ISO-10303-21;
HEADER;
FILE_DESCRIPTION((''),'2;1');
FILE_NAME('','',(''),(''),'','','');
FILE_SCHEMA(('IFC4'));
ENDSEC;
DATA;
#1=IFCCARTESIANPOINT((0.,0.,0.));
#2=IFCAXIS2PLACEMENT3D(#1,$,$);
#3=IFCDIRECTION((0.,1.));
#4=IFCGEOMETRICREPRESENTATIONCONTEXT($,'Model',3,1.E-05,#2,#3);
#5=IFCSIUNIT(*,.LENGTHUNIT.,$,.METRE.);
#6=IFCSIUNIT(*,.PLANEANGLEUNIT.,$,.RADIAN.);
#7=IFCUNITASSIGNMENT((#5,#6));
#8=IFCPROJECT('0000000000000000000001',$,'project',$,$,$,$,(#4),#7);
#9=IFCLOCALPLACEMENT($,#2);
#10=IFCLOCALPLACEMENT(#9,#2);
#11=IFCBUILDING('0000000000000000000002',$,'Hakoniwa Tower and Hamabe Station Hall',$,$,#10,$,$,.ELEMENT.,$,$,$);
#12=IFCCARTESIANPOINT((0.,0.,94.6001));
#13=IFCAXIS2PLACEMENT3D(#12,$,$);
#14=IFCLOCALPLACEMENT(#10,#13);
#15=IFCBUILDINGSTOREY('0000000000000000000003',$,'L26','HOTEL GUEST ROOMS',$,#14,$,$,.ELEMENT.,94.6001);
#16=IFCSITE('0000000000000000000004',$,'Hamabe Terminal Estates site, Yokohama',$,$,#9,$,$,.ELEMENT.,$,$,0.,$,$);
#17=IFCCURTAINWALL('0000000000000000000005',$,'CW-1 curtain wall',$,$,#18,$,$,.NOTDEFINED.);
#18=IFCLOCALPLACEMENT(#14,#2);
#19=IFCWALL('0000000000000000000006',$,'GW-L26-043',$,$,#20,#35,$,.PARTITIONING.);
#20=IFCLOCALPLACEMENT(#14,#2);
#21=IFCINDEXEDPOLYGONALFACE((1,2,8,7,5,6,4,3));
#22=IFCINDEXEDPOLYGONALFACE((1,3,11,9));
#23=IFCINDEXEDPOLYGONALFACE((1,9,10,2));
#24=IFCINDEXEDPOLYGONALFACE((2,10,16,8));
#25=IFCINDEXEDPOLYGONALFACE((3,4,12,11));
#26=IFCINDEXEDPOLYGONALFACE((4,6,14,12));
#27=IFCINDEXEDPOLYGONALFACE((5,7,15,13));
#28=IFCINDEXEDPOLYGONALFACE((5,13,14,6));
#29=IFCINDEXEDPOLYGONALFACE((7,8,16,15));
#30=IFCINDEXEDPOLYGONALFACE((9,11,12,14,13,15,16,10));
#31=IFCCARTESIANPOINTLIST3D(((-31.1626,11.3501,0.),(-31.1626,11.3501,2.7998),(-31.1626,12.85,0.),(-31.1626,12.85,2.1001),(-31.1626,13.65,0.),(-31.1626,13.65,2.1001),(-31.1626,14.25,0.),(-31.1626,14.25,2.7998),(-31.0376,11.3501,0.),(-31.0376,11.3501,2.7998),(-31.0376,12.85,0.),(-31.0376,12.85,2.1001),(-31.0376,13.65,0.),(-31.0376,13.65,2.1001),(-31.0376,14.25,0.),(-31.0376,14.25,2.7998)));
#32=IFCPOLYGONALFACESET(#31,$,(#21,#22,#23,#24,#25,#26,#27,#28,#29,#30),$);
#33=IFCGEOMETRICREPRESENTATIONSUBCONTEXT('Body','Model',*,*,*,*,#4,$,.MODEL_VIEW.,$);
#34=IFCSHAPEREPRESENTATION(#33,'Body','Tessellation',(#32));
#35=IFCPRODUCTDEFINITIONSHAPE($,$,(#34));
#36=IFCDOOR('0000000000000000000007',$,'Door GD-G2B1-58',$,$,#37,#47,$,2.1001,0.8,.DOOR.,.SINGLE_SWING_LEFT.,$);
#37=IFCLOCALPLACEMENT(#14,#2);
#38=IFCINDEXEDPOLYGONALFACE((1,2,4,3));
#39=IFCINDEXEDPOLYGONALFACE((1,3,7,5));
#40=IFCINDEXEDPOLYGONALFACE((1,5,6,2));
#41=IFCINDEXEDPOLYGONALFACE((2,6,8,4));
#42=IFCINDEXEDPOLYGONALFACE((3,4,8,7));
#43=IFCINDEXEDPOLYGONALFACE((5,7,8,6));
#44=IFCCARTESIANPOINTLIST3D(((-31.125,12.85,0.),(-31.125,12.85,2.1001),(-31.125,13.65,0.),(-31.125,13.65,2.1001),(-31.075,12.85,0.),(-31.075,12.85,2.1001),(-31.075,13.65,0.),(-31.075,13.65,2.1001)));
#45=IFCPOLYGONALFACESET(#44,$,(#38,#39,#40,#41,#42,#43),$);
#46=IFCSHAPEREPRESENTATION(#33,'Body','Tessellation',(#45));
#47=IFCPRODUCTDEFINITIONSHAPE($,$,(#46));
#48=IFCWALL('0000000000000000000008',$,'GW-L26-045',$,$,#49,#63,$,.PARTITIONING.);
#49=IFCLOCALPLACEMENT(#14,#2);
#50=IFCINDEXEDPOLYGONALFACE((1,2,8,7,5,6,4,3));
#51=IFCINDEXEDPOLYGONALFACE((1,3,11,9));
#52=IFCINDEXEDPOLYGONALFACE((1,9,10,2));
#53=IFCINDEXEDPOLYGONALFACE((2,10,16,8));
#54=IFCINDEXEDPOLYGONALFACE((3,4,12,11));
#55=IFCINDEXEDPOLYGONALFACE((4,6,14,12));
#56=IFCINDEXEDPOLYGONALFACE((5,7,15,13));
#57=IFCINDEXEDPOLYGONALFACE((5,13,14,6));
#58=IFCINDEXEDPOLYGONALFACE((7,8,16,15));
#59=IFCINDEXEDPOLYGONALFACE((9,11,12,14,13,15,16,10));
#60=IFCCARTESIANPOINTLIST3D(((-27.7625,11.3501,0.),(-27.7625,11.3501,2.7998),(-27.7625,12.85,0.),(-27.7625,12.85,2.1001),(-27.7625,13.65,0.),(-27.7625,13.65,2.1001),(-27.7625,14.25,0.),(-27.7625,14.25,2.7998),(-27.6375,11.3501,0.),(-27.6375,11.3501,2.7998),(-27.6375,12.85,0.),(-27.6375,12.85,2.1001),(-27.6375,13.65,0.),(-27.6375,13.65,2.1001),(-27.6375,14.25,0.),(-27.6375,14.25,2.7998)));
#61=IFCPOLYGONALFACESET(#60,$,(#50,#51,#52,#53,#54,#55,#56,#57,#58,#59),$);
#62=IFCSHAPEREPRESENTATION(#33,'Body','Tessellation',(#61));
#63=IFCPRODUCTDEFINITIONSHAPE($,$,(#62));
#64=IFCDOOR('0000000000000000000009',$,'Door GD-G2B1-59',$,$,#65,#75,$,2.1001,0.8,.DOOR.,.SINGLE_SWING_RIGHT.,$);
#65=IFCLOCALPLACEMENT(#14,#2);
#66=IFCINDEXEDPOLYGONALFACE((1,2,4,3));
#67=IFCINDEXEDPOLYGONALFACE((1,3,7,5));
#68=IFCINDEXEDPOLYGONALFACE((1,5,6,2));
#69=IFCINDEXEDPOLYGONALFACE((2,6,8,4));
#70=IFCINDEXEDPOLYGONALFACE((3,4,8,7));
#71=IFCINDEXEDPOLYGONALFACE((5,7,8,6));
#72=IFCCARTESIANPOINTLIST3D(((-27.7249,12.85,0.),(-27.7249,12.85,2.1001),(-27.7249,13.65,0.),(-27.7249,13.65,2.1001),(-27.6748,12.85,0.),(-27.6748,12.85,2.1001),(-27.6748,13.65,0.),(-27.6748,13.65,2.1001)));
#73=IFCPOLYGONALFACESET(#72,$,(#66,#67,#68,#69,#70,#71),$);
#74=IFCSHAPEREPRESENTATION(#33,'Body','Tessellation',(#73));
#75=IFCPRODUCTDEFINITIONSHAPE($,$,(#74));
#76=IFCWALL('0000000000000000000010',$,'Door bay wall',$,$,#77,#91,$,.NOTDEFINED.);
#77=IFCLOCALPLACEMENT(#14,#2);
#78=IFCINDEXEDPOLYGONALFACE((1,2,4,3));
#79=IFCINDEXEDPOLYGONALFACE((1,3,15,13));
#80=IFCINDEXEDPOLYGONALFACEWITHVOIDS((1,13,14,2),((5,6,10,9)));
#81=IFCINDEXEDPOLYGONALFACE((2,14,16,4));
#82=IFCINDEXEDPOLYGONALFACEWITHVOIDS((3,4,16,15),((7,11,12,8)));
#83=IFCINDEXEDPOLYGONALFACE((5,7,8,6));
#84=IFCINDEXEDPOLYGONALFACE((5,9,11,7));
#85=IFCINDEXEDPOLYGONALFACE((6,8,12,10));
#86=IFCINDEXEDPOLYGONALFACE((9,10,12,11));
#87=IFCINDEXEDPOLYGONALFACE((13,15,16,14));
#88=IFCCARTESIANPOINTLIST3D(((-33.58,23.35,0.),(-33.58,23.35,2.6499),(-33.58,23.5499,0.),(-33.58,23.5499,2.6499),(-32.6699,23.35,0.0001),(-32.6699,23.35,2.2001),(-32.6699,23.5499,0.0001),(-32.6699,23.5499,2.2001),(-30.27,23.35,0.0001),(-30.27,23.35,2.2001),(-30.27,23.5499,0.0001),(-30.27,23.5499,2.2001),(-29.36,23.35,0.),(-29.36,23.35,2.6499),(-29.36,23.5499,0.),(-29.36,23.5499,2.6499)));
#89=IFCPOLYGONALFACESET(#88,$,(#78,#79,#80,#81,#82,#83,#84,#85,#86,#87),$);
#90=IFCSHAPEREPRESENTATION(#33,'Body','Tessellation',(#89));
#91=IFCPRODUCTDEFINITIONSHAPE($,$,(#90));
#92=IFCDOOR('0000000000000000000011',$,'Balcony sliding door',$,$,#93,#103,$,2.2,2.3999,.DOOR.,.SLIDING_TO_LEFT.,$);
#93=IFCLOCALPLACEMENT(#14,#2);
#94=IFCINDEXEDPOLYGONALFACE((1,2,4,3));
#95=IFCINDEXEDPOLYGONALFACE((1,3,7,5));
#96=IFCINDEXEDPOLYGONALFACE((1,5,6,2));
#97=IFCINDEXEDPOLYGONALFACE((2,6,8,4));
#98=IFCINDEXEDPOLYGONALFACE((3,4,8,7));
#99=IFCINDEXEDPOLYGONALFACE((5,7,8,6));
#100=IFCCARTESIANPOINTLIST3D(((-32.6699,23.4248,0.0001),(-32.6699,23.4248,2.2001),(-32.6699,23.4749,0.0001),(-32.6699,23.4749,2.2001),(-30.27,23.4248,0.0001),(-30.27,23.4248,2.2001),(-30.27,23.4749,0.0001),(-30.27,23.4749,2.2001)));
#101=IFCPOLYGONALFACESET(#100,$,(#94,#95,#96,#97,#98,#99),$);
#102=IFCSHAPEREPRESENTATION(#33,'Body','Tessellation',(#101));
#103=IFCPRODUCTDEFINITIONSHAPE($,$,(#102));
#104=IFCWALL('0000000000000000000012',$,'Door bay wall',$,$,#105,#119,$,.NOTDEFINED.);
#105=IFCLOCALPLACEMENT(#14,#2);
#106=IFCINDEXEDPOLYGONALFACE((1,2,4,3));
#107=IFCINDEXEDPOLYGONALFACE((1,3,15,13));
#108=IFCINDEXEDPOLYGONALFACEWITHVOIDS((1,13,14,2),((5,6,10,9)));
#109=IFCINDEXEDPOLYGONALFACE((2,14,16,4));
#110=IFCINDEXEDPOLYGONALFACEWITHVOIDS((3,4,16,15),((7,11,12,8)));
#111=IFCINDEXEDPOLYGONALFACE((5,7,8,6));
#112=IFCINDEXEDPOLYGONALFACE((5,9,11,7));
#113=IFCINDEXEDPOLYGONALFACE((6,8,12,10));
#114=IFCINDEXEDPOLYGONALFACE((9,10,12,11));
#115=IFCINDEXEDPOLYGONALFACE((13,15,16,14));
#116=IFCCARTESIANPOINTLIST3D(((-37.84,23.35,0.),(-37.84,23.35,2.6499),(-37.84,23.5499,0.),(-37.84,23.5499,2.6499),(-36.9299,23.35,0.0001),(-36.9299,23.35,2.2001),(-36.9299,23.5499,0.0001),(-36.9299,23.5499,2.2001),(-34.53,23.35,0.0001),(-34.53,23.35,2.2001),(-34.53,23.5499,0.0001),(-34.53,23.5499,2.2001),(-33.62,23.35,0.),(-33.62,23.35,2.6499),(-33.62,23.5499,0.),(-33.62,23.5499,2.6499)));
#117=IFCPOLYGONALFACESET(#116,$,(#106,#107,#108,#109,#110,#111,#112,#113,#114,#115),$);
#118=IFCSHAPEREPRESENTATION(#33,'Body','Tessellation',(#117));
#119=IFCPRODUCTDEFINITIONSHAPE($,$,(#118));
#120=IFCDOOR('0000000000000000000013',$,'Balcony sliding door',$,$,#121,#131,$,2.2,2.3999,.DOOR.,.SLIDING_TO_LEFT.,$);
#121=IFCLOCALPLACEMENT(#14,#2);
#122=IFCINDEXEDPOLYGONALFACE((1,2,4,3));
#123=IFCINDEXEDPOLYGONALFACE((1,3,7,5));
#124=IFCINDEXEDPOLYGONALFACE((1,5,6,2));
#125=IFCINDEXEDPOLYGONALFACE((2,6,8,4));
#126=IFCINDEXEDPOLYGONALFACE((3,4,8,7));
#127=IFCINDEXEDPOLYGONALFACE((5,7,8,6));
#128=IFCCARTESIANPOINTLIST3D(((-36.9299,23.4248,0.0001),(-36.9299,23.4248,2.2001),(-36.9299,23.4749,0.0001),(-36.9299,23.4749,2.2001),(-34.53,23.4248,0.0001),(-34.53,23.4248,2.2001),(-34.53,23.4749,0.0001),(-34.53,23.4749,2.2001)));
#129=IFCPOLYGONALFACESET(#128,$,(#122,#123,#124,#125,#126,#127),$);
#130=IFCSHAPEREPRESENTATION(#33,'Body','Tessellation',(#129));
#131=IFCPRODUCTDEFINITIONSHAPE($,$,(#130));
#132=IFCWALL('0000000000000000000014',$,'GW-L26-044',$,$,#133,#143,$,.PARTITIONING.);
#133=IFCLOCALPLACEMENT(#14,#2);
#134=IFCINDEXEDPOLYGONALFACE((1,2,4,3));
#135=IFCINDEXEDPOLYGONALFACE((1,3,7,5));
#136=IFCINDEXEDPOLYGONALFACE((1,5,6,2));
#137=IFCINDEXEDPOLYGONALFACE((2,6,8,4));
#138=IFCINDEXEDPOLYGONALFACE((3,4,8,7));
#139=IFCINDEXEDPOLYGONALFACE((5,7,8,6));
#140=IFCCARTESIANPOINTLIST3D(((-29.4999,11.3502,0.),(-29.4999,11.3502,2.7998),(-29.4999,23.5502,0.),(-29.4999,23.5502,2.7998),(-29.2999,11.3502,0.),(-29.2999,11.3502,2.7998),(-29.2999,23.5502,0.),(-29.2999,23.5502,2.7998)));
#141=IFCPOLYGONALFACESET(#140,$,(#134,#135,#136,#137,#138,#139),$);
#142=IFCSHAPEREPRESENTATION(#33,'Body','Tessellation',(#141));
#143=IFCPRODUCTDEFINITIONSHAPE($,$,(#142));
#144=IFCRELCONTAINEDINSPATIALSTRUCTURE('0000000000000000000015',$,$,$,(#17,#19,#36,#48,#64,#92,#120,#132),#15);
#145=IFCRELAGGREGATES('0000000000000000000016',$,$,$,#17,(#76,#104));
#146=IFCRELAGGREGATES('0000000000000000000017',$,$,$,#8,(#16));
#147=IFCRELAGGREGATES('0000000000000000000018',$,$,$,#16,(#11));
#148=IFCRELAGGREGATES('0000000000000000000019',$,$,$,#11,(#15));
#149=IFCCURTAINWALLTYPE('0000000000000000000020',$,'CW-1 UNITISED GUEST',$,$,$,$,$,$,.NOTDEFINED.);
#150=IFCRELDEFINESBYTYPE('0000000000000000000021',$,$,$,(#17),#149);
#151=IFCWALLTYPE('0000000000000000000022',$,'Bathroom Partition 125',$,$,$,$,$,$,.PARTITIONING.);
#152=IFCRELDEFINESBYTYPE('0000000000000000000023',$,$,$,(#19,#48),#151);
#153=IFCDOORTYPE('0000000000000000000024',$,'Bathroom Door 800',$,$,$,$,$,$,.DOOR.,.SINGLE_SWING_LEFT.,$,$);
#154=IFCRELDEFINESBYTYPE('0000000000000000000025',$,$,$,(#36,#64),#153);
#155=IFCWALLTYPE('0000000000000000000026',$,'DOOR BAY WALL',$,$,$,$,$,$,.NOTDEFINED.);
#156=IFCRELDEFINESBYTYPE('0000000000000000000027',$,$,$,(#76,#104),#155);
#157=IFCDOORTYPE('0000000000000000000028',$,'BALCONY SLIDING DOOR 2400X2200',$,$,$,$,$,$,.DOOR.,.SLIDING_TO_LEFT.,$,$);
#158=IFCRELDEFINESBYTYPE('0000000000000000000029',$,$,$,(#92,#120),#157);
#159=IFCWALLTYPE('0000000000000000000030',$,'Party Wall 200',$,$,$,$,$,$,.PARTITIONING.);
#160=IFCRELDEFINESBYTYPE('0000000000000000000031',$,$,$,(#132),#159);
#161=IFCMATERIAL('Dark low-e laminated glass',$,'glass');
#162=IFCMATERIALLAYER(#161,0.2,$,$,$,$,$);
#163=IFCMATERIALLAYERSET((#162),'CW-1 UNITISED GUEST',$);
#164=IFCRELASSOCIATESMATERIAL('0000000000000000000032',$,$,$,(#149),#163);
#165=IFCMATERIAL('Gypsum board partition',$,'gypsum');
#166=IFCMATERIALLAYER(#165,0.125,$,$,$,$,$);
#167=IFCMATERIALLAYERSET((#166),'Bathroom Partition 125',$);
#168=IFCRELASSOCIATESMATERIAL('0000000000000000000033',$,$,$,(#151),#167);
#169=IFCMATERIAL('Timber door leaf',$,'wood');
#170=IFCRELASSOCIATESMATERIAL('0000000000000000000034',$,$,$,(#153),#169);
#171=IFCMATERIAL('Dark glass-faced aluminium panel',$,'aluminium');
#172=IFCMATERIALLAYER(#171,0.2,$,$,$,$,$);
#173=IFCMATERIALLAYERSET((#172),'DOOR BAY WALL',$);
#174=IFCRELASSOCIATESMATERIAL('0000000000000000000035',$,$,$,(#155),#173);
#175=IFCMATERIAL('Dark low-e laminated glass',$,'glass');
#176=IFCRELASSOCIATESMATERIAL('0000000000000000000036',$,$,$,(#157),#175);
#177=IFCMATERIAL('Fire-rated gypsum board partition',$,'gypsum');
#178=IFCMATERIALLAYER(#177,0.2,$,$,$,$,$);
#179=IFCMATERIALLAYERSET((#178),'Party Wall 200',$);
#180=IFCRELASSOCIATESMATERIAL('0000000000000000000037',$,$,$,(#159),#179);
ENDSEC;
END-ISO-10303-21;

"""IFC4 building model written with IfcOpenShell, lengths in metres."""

from ifc_helpers import new_model, si_unit, direction, frame, frame_2d, origin, place, context, subcontext, project, spatial, rectangle, extrude, material, layer, layer_set, type_object, element, fill, aggregate, save


model = new_model("IFC4")

# Units and contexts
model_context = context("Model", 3, precision=1e-05, world=origin(), true_north=direction((0.0, 1.0)))
body_context = subcontext(model_context, "Body", "Model", "MODEL_VIEW")
ifc_project = project(units=[si_unit("LENGTHUNIT", "METRE"), si_unit("PLANEANGLEUNIT", "RADIAN")], contexts=[model_context])

# Site, building, storey
site_placement = place(None, origin())
site = spatial("IfcSite", under=ifc_project, at=site_placement, Name="Hamabe Terminal Estates site, Yokohama", CompositionType="ELEMENT", RefElevation=0.0)
building_placement = place(site_placement, origin())
building = spatial("IfcBuilding", under=site, at=building_placement, Name="Hakoniwa Tower and Hamabe Station Hall", CompositionType="ELEMENT")
storey_placement = place(building_placement, frame((0.0, 0.0, 94.6001)))
storey = spatial("IfcBuildingStorey", under=building, at=storey_placement, Name="L26", Description="HOTEL GUEST ROOMS", CompositionType="ELEMENT", Elevation=94.6001)

# Curtain wall
ifc_material_1 = material(Name="Dark low-e laminated glass", Category="glass")
ifc_layer_1 = layer(ifc_material_1, 0.2)
ifc_layer_set_1 = layer_set([ifc_layer_1], Name="CW-1 UNITISED GUEST")
curtain_wall_type = type_object("IfcCurtainWallType", Name="CW-1 UNITISED GUEST", PredefinedType="NOTDEFINED", material=ifc_layer_set_1)
curtain_wall_1_placement = place(storey_placement, origin())
curtain_wall_1 = element("IfcCurtainWall", 1, at=curtain_wall_1_placement, inside=storey, type_object=curtain_wall_type, Name="CW-1 curtain wall", PredefinedType="NOTDEFINED")

# Shared definitions
ifc_material_2 = material(Name="Gypsum board partition", Category="gypsum")
ifc_layer_2 = layer(ifc_material_2, 0.125)
ifc_layer_set_2 = layer_set([ifc_layer_2], Name="Bathroom Partition 125")
wall_type_1 = type_object("IfcWallType", Name="Bathroom Partition 125", PredefinedType="PARTITIONING", material=ifc_layer_set_2)

# Walls, openings, doors
wall_1_placement = place(storey_placement, frame((-31.1001, 11.3501, 0.0), z_axis=(0.0, 0.0, 1.0), x_axis=(0.0, 1.0, 0.0)))
wall_1 = element("IfcWall", 2, at=wall_1_placement, inside=storey, type_object=wall_type_1, Name="GW-L26-043", PredefinedType="PARTITIONING", context=body_context, shape_type="SweptSolid", body=[
    extrude(rectangle(XDim=2.8999, YDim=0.125, at=frame_2d((1.45, 0.0))), origin(), (0.0, 0.0, 1.0), 2.7998),
])
opening_1_placement = place(wall_1_placement, frame((1.5, 0.0, 0.0)))
opening_1 = element("IfcOpeningElement", 3, at=opening_1_placement, cuts=wall_1, PredefinedType="OPENING", context=body_context, shape_type="SweptSolid", body=[
    extrude(rectangle(XDim=0.8, YDim=2.1001, at=frame_2d((0.3999, 1.05))), frame((0.0, 0.0725, 0.0), z_axis=(0.0, -1.0, 0.0), x_axis=(1.0, 0.0, 0.0)), (0.0, 0.0, 1.0), 0.145),
])
ifc_material_3 = material(Name="Timber door leaf", Category="wood")
door_type_1 = type_object("IfcDoorType", Name="Bathroom Door 800", OperationType="SINGLE_SWING_LEFT", PredefinedType="DOOR", material=ifc_material_3)
door_1_placement = place(opening_1_placement, origin())
door_1 = element("IfcDoor", 4, at=door_1_placement, inside=storey, type_object=door_type_1, Name="Door GD-G2B1-58", OperationType="SINGLE_SWING_LEFT", OverallHeight=2.1001, OverallWidth=0.8, PredefinedType="DOOR", context=body_context, shape_type="SweptSolid", body=[
    extrude(rectangle(XDim=0.8, YDim=2.1001, at=frame_2d((0.3999, 1.05))), frame((0.0, 0.0249, 0.0), z_axis=(0.0, -1.0, 0.0), x_axis=(1.0, 0.0, 0.0)), (0.0, 0.0, 1.0), 0.05),
])
fill(opening_1, door_1)
wall_2_placement = place(storey_placement, frame((-27.7, 11.3501, 0.0), z_axis=(0.0, 0.0, 1.0), x_axis=(0.0, 1.0, 0.0)))
wall_2 = element("IfcWall", 5, at=wall_2_placement, inside=storey, type_object=wall_type_1, Name="GW-L26-045", PredefinedType="PARTITIONING", context=body_context, shape_type="SweptSolid", body=[
    extrude(rectangle(XDim=2.8999, YDim=0.125, at=frame_2d((1.45, 0.0))), origin(), (0.0, 0.0, 1.0), 2.7998),
])
opening_2_placement = place(wall_2_placement, frame((1.5, 0.0, 0.0)))
opening_2 = element("IfcOpeningElement", 6, at=opening_2_placement, cuts=wall_2, PredefinedType="OPENING", context=body_context, shape_type="SweptSolid", body=[
    extrude(rectangle(XDim=0.8, YDim=2.1001, at=frame_2d((0.3999, 1.05))), frame((0.0, 0.0725, 0.0), z_axis=(0.0, -1.0, 0.0), x_axis=(1.0, 0.0, 0.0)), (0.0, 0.0, 1.0), 0.145),
])
door_2_placement = place(opening_2_placement, origin())
door_2 = element("IfcDoor", 7, at=door_2_placement, inside=storey, type_object=door_type_1, Name="Door GD-G2B1-59", OperationType="SINGLE_SWING_RIGHT", OverallHeight=2.1001, OverallWidth=0.8, PredefinedType="DOOR", context=body_context, shape_type="SweptSolid", body=[
    extrude(rectangle(XDim=0.8, YDim=2.1001, at=frame_2d((0.3999, 1.05))), frame((0.0, 0.0249, 0.0), z_axis=(0.0, -1.0, 0.0), x_axis=(1.0, 0.0, 0.0)), (0.0, 0.0, 1.0), 0.05),
])
fill(opening_2, door_2)
ifc_material_4 = material(Name="Dark glass-faced aluminium panel", Category="aluminium")
ifc_layer_3 = layer(ifc_material_4, 0.2)
ifc_layer_set_3 = layer_set([ifc_layer_3], Name="DOOR BAY WALL")
wall_type_2 = type_object("IfcWallType", Name="DOOR BAY WALL", PredefinedType="NOTDEFINED", material=ifc_layer_set_3)
wall_3_placement = place(storey_placement, frame((-29.3601, 23.45, 0.0), z_axis=(0.0, 0.0, 1.0), x_axis=(-1.0, 0.0, 0.0)))
wall_3 = element("IfcWall", 8, at=wall_3_placement, type_object=wall_type_2, Name="Door bay wall", PredefinedType="NOTDEFINED", context=body_context, shape_type="SweptSolid", body=[
    extrude(rectangle(XDim=4.22, YDim=0.2, at=frame_2d((2.1099, 0.0))), origin(), (0.0, 0.0, 1.0), 2.6499),
])
opening_3_placement = place(wall_3_placement, frame((0.9099, 0.0, 0.0)))
opening_3 = element("IfcOpeningElement", 9, at=opening_3_placement, cuts=wall_3, PredefinedType="OPENING", context=body_context, shape_type="SweptSolid", body=[
    extrude(rectangle(XDim=2.3999, YDim=2.2, at=frame_2d((1.2, 1.1001))), frame((0.0, 0.1099, 0.0), z_axis=(0.0, -1.0, 0.0), x_axis=(1.0, 0.0, 0.0)), (0.0, 0.0, 1.0), 0.22),
])
ifc_material_5 = material(Name="Dark low-e laminated glass", Category="glass")
door_type_2 = type_object("IfcDoorType", Name="BALCONY SLIDING DOOR 2400X2200", OperationType="SLIDING_TO_LEFT", PredefinedType="DOOR", material=ifc_material_5)
door_3_placement = place(opening_3_placement, frame((2.3999, 0.0, 0.0), z_axis=(0.0, 0.0, 1.0), x_axis=(-1.0, 0.0, 0.0)))
door_3 = element("IfcDoor", 10, at=door_3_placement, inside=storey, type_object=door_type_2, Name="Balcony sliding door", OperationType="SLIDING_TO_LEFT", OverallHeight=2.2, OverallWidth=2.3999, PredefinedType="DOOR", context=body_context, shape_type="SweptSolid", body=[
    extrude(rectangle(XDim=2.3999, YDim=2.2, at=frame_2d((1.2, 1.1001))), frame((0.0, 0.0249, 0.0), z_axis=(0.0, -1.0, 0.0), x_axis=(1.0, 0.0, 0.0)), (0.0, 0.0, 1.0), 0.05),
])
fill(opening_3, door_3)
wall_4_placement = place(storey_placement, frame((-33.6201, 23.45, 0.0), z_axis=(0.0, 0.0, 1.0), x_axis=(-1.0, 0.0, 0.0)))
wall_4 = element("IfcWall", 11, at=wall_4_placement, type_object=wall_type_2, Name="Door bay wall", PredefinedType="NOTDEFINED", context=body_context, shape_type="SweptSolid", body=[
    extrude(rectangle(XDim=4.22, YDim=0.2, at=frame_2d((2.1099, 0.0))), origin(), (0.0, 0.0, 1.0), 2.6499),
])
opening_4_placement = place(wall_4_placement, frame((0.9099, 0.0, 0.0)))
opening_4 = element("IfcOpeningElement", 12, at=opening_4_placement, cuts=wall_4, PredefinedType="OPENING", context=body_context, shape_type="SweptSolid", body=[
    extrude(rectangle(XDim=2.3999, YDim=2.2, at=frame_2d((1.2, 1.1001))), frame((0.0, 0.1099, 0.0), z_axis=(0.0, -1.0, 0.0), x_axis=(1.0, 0.0, 0.0)), (0.0, 0.0, 1.0), 0.22),
])
door_4_placement = place(opening_4_placement, frame((2.3999, 0.0, 0.0), z_axis=(0.0, 0.0, 1.0), x_axis=(-1.0, 0.0, 0.0)))
door_4 = element("IfcDoor", 13, at=door_4_placement, inside=storey, type_object=door_type_2, Name="Balcony sliding door", OperationType="SLIDING_TO_LEFT", OverallHeight=2.2, OverallWidth=2.3999, PredefinedType="DOOR", context=body_context, shape_type="SweptSolid", body=[
    extrude(rectangle(XDim=2.3999, YDim=2.2, at=frame_2d((1.2, 1.1001))), frame((0.0, 0.0249, 0.0), z_axis=(0.0, -1.0, 0.0), x_axis=(1.0, 0.0, 0.0)), (0.0, 0.0, 1.0), 0.05),
])
fill(opening_4, door_4)
aggregate(curtain_wall_1, [wall_3, wall_4])

# Wall
ifc_material_6 = material(Name="Fire-rated gypsum board partition", Category="gypsum")
ifc_layer_4 = layer(ifc_material_6, 0.2)
ifc_layer_set_4 = layer_set([ifc_layer_4], Name="Party Wall 200")
wall_type_3 = type_object("IfcWallType", Name="Party Wall 200", PredefinedType="PARTITIONING", material=ifc_layer_set_4)
wall_5_placement = place(storey_placement, frame((-29.3999, 11.3501, 0.0), z_axis=(0.0, 0.0, 1.0), x_axis=(0.0, 1.0, 0.0)))
element("IfcWall", 14, at=wall_5_placement, inside=storey, type_object=wall_type_3, Name="GW-L26-044", PredefinedType="PARTITIONING", context=body_context, shape_type="SweptSolid", body=[
    extrude(rectangle(XDim=12.2, YDim=0.2, at=frame_2d((6.1001, 0.0))), origin(), (0.0, 0.0, 1.0), 2.7998),
])

save(model, "model.ifc")
